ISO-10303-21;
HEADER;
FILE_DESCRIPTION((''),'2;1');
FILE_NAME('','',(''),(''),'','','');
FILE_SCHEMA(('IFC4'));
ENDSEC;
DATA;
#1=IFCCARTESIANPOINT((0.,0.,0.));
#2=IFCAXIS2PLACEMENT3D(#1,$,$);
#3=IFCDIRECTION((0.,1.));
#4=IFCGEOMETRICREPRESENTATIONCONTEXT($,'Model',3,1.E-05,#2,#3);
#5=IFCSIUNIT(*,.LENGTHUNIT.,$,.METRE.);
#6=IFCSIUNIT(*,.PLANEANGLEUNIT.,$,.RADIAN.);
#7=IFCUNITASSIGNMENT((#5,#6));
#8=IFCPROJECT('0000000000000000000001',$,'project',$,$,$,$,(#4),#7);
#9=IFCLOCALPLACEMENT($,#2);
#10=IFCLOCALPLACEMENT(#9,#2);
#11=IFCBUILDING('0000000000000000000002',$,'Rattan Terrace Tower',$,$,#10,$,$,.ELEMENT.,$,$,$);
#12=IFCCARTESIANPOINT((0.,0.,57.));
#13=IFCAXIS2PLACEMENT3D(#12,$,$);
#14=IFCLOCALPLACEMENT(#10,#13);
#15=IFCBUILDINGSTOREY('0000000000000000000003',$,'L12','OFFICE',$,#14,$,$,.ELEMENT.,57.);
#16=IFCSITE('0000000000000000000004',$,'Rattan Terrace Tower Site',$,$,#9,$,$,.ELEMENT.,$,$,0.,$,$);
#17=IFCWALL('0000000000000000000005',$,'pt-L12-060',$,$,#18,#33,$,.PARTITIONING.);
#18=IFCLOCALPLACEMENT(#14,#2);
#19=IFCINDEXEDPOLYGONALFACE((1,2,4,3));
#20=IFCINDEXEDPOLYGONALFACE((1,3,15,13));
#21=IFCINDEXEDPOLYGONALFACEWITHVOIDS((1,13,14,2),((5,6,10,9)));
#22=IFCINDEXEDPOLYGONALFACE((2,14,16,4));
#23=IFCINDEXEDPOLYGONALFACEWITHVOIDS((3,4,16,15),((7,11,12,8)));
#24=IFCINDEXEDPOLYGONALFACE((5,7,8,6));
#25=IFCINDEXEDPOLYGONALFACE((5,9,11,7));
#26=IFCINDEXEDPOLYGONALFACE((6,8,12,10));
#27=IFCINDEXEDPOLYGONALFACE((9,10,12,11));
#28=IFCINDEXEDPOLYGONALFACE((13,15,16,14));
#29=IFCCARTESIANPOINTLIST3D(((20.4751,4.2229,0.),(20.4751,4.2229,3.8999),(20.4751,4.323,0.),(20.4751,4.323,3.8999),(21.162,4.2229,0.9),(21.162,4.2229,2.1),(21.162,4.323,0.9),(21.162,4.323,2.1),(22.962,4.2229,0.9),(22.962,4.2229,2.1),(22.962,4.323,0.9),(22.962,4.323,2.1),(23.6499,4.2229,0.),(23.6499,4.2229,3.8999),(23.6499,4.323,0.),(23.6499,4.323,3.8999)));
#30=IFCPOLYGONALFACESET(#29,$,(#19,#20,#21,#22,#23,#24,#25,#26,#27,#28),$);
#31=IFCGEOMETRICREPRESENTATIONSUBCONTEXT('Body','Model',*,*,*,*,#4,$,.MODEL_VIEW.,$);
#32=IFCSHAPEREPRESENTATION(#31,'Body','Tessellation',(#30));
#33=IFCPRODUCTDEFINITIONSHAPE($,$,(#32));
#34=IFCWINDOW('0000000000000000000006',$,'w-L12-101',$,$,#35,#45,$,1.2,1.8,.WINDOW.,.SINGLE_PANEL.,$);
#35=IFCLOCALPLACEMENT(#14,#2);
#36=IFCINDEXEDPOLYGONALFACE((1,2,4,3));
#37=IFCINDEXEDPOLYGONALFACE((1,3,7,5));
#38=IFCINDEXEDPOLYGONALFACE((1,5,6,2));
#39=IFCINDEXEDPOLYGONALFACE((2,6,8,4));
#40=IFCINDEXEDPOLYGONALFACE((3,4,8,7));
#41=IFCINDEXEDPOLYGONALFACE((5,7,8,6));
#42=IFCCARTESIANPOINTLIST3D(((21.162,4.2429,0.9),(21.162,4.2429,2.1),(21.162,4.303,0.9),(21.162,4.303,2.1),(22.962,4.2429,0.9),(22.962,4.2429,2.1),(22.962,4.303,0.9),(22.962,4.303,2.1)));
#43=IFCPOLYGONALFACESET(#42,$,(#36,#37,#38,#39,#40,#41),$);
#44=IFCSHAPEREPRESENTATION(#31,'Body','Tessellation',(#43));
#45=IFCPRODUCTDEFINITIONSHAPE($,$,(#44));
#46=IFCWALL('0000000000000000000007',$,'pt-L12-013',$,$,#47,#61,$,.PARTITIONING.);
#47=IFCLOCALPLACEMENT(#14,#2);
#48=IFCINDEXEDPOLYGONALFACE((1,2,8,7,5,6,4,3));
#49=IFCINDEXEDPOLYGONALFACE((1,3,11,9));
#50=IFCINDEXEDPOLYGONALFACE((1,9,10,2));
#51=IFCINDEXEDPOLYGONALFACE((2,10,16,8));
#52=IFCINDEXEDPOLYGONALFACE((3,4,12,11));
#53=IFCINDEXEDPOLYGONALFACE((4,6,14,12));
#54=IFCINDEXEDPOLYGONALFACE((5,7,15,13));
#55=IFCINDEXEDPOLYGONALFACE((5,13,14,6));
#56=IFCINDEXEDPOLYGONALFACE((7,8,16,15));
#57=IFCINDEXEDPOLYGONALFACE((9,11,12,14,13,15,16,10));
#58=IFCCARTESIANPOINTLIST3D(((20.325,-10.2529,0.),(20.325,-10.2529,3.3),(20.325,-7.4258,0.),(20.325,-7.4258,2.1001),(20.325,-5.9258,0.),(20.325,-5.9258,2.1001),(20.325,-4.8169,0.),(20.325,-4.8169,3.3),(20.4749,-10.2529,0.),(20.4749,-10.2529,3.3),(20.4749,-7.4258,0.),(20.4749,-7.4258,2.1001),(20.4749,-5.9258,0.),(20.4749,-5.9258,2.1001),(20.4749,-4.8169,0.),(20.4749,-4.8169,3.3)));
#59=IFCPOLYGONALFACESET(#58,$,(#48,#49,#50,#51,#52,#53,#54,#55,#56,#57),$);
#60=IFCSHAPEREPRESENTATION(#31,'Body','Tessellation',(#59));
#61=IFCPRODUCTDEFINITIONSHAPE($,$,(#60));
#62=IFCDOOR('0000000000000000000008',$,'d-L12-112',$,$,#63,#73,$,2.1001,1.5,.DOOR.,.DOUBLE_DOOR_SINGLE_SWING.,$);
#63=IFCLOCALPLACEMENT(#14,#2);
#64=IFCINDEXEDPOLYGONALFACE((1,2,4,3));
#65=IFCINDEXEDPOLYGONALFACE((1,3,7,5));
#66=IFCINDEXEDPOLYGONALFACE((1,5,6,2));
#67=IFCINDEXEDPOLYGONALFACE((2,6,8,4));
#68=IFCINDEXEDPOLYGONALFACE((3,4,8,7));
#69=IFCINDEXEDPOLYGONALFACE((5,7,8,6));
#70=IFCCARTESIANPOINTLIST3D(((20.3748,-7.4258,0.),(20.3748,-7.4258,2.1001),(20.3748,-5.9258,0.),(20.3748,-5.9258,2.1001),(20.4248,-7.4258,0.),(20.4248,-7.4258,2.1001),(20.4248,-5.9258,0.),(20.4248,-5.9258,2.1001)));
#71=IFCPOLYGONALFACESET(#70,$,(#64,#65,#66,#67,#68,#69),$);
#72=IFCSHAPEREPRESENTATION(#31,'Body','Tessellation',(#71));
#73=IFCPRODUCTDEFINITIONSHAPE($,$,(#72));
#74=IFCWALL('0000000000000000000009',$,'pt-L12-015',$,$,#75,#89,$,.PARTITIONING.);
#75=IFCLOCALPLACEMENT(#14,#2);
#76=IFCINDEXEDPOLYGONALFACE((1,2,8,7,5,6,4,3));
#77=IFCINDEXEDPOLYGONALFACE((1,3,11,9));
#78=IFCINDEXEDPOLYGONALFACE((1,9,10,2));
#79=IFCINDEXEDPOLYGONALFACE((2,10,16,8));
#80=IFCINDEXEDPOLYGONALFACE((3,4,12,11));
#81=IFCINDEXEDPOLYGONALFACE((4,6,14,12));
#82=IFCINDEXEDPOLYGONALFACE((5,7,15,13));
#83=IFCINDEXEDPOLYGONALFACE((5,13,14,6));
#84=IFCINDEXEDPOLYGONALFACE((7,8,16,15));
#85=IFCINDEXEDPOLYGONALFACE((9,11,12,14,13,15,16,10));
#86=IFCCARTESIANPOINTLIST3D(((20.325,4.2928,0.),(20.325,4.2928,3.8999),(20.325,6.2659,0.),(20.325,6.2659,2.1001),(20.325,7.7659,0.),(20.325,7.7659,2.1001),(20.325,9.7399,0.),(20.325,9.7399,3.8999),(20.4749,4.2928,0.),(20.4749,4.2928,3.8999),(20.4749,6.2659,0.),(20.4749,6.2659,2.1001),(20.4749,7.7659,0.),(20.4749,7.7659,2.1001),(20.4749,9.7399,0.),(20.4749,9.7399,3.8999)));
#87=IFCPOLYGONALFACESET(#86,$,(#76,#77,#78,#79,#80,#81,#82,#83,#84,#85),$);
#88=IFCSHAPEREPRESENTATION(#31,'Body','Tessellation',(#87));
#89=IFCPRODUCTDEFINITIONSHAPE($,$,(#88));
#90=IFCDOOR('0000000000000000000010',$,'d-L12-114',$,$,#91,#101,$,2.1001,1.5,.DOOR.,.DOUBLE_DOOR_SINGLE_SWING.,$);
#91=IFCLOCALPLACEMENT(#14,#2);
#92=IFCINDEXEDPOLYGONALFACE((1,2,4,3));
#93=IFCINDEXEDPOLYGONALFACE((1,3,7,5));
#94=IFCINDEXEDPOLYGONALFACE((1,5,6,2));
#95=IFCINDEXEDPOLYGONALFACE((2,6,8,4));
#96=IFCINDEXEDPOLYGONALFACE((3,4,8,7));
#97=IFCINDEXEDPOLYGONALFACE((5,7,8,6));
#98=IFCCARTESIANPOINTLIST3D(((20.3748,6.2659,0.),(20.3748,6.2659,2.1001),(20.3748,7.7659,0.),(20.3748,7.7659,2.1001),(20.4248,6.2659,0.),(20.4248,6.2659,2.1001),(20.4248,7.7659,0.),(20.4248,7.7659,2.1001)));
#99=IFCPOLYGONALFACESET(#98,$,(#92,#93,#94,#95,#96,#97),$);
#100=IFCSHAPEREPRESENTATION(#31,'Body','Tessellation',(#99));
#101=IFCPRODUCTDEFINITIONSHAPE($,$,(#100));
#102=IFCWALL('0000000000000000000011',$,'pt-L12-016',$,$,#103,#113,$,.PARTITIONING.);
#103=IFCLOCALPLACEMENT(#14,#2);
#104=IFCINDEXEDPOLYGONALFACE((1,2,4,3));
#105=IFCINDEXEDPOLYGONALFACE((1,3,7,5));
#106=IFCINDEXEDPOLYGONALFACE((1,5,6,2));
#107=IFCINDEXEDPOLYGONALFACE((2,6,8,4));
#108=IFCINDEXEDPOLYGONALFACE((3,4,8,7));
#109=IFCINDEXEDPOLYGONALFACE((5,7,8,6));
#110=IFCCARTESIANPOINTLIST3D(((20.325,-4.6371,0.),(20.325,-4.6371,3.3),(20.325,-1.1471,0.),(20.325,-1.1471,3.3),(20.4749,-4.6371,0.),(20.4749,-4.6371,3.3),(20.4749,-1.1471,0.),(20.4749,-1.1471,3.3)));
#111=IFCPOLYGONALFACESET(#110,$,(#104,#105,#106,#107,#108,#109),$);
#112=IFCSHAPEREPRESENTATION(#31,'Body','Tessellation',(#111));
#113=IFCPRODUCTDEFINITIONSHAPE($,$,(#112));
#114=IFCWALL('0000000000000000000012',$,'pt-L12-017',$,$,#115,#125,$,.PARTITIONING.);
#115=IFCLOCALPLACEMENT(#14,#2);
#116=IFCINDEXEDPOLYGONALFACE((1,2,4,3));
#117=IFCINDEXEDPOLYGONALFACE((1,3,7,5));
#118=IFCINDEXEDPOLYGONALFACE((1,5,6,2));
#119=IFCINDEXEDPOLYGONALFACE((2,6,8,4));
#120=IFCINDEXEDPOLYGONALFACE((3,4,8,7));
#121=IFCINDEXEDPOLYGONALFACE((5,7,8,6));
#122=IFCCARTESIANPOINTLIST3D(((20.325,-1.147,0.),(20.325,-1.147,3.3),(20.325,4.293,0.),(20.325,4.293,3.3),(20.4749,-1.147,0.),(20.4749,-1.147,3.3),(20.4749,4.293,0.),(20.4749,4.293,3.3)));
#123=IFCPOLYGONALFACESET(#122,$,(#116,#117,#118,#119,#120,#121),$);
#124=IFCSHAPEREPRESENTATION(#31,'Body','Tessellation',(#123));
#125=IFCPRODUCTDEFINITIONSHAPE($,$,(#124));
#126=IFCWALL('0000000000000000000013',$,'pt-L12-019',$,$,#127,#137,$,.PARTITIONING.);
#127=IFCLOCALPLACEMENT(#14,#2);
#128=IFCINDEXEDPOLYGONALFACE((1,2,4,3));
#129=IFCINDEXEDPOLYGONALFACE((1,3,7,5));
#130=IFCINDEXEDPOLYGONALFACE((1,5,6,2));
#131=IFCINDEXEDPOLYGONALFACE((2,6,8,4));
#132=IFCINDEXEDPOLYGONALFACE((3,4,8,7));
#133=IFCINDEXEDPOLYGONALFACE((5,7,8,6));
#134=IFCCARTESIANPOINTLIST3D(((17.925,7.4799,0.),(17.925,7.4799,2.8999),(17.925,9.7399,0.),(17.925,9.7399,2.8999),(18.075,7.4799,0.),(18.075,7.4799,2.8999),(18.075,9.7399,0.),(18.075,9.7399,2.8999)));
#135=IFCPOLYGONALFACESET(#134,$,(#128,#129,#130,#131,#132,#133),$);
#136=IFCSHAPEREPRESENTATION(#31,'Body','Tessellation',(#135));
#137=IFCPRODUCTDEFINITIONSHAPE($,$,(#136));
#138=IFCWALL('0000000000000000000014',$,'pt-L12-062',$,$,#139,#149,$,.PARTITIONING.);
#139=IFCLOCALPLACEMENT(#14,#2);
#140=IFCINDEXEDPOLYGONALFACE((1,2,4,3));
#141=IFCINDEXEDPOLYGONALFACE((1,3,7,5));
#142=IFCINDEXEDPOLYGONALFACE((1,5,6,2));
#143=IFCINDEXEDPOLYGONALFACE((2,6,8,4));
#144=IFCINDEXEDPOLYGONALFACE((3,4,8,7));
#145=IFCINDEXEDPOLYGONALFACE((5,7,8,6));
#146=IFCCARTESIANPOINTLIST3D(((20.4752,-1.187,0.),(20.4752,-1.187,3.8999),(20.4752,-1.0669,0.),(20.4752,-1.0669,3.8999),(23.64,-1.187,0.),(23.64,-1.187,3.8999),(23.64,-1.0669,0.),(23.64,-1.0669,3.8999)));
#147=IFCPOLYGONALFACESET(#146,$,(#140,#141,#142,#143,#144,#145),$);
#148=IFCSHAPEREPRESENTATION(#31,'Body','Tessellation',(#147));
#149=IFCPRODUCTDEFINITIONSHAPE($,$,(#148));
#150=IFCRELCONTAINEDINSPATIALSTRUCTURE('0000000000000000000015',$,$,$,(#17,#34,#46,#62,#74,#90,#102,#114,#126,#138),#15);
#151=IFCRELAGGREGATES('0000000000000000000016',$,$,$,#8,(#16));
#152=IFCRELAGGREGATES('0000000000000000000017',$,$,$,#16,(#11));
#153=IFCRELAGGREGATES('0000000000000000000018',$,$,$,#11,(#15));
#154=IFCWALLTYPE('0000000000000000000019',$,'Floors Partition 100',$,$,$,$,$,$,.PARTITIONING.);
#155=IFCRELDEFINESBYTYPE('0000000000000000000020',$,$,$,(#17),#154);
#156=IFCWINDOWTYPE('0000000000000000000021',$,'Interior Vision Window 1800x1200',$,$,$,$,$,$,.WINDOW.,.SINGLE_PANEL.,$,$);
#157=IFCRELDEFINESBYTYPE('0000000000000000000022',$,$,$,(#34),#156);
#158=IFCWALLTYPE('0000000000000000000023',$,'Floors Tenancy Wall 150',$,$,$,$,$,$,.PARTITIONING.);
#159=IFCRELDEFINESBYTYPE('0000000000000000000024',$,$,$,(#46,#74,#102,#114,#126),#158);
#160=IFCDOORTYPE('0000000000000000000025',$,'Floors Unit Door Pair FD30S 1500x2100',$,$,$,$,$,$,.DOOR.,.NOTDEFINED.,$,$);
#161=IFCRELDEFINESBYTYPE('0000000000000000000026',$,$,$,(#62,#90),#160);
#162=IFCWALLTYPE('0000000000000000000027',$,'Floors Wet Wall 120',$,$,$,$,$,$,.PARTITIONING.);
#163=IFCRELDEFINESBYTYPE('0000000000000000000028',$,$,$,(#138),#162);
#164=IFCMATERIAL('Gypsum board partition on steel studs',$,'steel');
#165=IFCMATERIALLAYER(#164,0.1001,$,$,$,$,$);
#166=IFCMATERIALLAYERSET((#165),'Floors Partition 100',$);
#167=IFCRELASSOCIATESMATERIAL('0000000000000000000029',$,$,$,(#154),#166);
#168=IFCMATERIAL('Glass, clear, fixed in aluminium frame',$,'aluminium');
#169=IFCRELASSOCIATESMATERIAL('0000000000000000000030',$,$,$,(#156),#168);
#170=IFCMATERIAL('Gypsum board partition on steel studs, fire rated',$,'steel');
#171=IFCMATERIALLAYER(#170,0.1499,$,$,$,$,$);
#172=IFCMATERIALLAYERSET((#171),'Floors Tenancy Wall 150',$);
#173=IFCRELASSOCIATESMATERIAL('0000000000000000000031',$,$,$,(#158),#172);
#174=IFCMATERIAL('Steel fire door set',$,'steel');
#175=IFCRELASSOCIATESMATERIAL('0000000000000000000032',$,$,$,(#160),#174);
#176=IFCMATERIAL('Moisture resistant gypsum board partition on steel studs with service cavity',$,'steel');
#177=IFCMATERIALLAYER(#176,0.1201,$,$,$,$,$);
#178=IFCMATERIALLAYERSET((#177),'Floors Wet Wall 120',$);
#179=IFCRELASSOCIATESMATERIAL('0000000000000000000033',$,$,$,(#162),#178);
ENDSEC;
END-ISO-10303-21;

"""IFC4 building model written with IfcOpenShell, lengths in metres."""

from ifc_helpers import new_model, si_unit, direction, frame, frame_2d, origin, place, context, subcontext, project, spatial, rectangle, extrude, material, layer, layer_set, type_object, element, fill, save


model = new_model("IFC4")

# Units and contexts
model_context = context("Model", 3, precision=1e-05, world=origin(), true_north=direction((0.0, 1.0)))
body_context = subcontext(model_context, "Body", "Model", "MODEL_VIEW")
ifc_project = project(units=[si_unit("LENGTHUNIT", "METRE"), si_unit("PLANEANGLEUNIT", "RADIAN")], contexts=[model_context])

# Site, building, storey
site_placement = place(None, origin())
site = spatial("IfcSite", under=ifc_project, at=site_placement, Name="Rattan Terrace Tower Site", CompositionType="ELEMENT", RefElevation=0.0)
building_placement = place(site_placement, origin())
building = spatial("IfcBuilding", under=site, at=building_placement, Name="Rattan Terrace Tower", CompositionType="ELEMENT")
storey_placement = place(building_placement, frame((0.0, 0.0, 57.0)))
storey = spatial("IfcBuildingStorey", under=building, at=storey_placement, Name="L12", Description="OFFICE", CompositionType="ELEMENT", Elevation=57.0)

# Wall, opening, window
ifc_material_1 = material(Name="Gypsum board partition on steel studs", Category="steel")
ifc_layer_1 = layer(ifc_material_1, 0.1001)
ifc_layer_set_1 = layer_set([ifc_layer_1], Name="Floors Partition 100")
wall_type_1 = type_object("IfcWallType", Name="Floors Partition 100", PredefinedType="PARTITIONING", material=ifc_layer_set_1)
wall_1_placement = place(storey_placement, frame((23.6499, 4.2729, 0.0), z_axis=(0.0, 0.0, 1.0), x_axis=(-1.0, 0.0, 0.0)))
wall_1 = element("IfcWall", 1, at=wall_1_placement, inside=storey, type_object=wall_type_1, Name="pt-L12-060", PredefinedType="PARTITIONING", context=body_context, shape_type="SweptSolid", body=[
    extrude(rectangle(XDim=3.1748, YDim=0.1001, at=frame_2d((1.5874, 0.0))), origin(), (0.0, 0.0, 1.0), 3.8999),
])
opening_1_placement = place(wall_1_placement, frame((0.688, 0.0, 0.8999)))
opening_1 = element("IfcOpeningElement", 2, at=opening_1_placement, cuts=wall_1, PredefinedType="OPENING", context=body_context, shape_type="SweptSolid", body=[
    extrude(rectangle(XDim=1.8, YDim=1.2, at=frame_2d((0.8999, 0.6001))), frame((0.0, 0.0605, 0.0), z_axis=(0.0, -1.0, 0.0), x_axis=(1.0, 0.0, 0.0)), (0.0, 0.0, 1.0), 0.1211),
])
ifc_material_2 = material(Name="Glass, clear, fixed in aluminium frame", Category="aluminium")
window_type = type_object("IfcWindowType", Name="Interior Vision Window 1800x1200", PartitioningType="SINGLE_PANEL", PredefinedType="WINDOW", material=ifc_material_2)
window_placement = place(opening_1_placement, origin())
window = element("IfcWindow", 3, at=window_placement, inside=storey, type_object=window_type, Name="w-L12-101", OverallHeight=1.2, OverallWidth=1.8, PartitioningType="SINGLE_PANEL", PredefinedType="WINDOW", context=body_context, shape_type="SweptSolid", body=[
    extrude(rectangle(XDim=1.8, YDim=1.2, at=frame_2d((0.8999, 0.6001))), frame((0.0, 0.03, 0.0), z_axis=(0.0, -1.0, 0.0), x_axis=(1.0, 0.0, 0.0)), (0.0, 0.0, 1.0), 0.0601),
])
fill(opening_1, window)

# Walls, openings, doors
ifc_material_3 = material(Name="Gypsum board partition on steel studs, fire rated", Category="steel")
ifc_layer_2 = layer(ifc_material_3, 0.1499)
ifc_layer_set_2 = layer_set([ifc_layer_2], Name="Floors Tenancy Wall 150")
wall_type_2 = type_object("IfcWallType", Name="Floors Tenancy Wall 150", PredefinedType="PARTITIONING", material=ifc_layer_set_2)
wall_2_placement = place(storey_placement, frame((20.3999, -4.8169, 0.0), z_axis=(0.0, 0.0, 1.0), x_axis=(0.0, -1.0, 0.0)))
wall_2 = element("IfcWall", 4, at=wall_2_placement, inside=storey, type_object=wall_type_2, Name="pt-L12-013", PredefinedType="PARTITIONING", context=body_context, shape_type="SweptSolid", body=[
    extrude(rectangle(XDim=5.436, YDim=0.1499, at=frame_2d((2.718, 0.0))), origin(), (0.0, 0.0, 1.0), 3.3),
])
opening_2_placement = place(wall_2_placement, frame((1.1089, 0.0, 0.0)))
opening_2 = element("IfcOpeningElement", 5, at=opening_2_placement, cuts=wall_2, PredefinedType="OPENING", context=body_context, shape_type="SweptSolid", body=[
    extrude(rectangle(XDim=1.5, YDim=2.1001, at=frame_2d((0.75, 1.05))), frame((0.0, 0.0854, 0.0), z_axis=(0.0, -1.0, 0.0), x_axis=(1.0, 0.0, 0.0)), (0.0, 0.0, 1.0), 0.1709),
])
ifc_material_4 = material(Name="Steel fire door set", Category="steel")
door_type = type_object("IfcDoorType", Name="Floors Unit Door Pair FD30S 1500x2100", OperationType="NOTDEFINED", PredefinedType="DOOR", material=ifc_material_4)
door_1_placement = place(opening_2_placement, origin())
door_1 = element("IfcDoor", 6, at=door_1_placement, inside=storey, type_object=door_type, Name="d-L12-112", OperationType="DOUBLE_DOOR_SINGLE_SWING", OverallHeight=2.1001, OverallWidth=1.5, PredefinedType="DOOR", context=body_context, shape_type="SweptSolid", body=[
    extrude(rectangle(XDim=1.5, YDim=2.1001, at=frame_2d((0.75, 1.05))), frame((0.0, 0.0249, 0.0), z_axis=(0.0, -1.0, 0.0), x_axis=(1.0, 0.0, 0.0)), (0.0, 0.0, 1.0), 0.05),
])
fill(opening_2, door_1)
wall_3_placement = place(storey_placement, frame((20.3999, 9.74, 0.0), z_axis=(0.0, 0.0, 1.0), x_axis=(0.0, -1.0, 0.0)))
wall_3 = element("IfcWall", 7, at=wall_3_placement, inside=storey, type_object=wall_type_2, Name="pt-L12-015", PredefinedType="PARTITIONING", context=body_context, shape_type="SweptSolid", body=[
    extrude(rectangle(XDim=5.447, YDim=0.1499, at=frame_2d((2.7236, 0.0))), origin(), (0.0, 0.0, 1.0), 3.8999),
])
opening_3_placement = place(wall_3_placement, frame((1.9741, 0.0, 0.0)))
opening_3 = element("IfcOpeningElement", 8, at=opening_3_placement, cuts=wall_3, PredefinedType="OPENING", context=body_context, shape_type="SweptSolid", body=[
    extrude(rectangle(XDim=1.5, YDim=2.1001, at=frame_2d((0.75, 1.05))), frame((0.0, 0.0854, 0.0), z_axis=(0.0, -1.0, 0.0), x_axis=(1.0, 0.0, 0.0)), (0.0, 0.0, 1.0), 0.1709),
])
door_2_placement = place(opening_3_placement, origin())
door_2 = element("IfcDoor", 9, at=door_2_placement, inside=storey, type_object=door_type, Name="d-L12-114", OperationType="DOUBLE_DOOR_SINGLE_SWING", OverallHeight=2.1001, OverallWidth=1.5, PredefinedType="DOOR", context=body_context, shape_type="SweptSolid", body=[
    extrude(rectangle(XDim=1.5, YDim=2.1001, at=frame_2d((0.75, 1.05))), frame((0.0, 0.0249, 0.0), z_axis=(0.0, -1.0, 0.0), x_axis=(1.0, 0.0, 0.0)), (0.0, 0.0, 1.0), 0.05),
])
fill(opening_3, door_2)

# Walls
wall_4_placement = place(storey_placement, frame((20.3999, -1.147, 0.0), z_axis=(0.0, 0.0, 1.0), x_axis=(0.0, -1.0, 0.0)))
element("IfcWall", 10, at=wall_4_placement, inside=storey, type_object=wall_type_2, Name="pt-L12-016", PredefinedType="PARTITIONING", context=body_context, shape_type="SweptSolid", body=[
    extrude(rectangle(XDim=3.49, YDim=0.1499, at=frame_2d((1.7451, 0.0))), origin(), (0.0, 0.0, 1.0), 3.3),
])
wall_5_placement = place(storey_placement, frame((20.3999, 4.293, 0.0), z_axis=(0.0, 0.0, 1.0), x_axis=(0.0, -1.0, 0.0)))
element("IfcWall", 11, at=wall_5_placement, inside=storey, type_object=wall_type_2, Name="pt-L12-017", PredefinedType="PARTITIONING", context=body_context, shape_type="SweptSolid", body=[
    extrude(rectangle(XDim=5.4399, YDim=0.1499, at=frame_2d((2.72, 0.0))), origin(), (0.0, 0.0, 1.0), 3.3),
])
wall_6_placement = place(storey_placement, frame((18.0, 7.48, 0.0), z_axis=(0.0, 0.0, 1.0), x_axis=(0.0, 1.0, 0.0)))
element("IfcWall", 12, at=wall_6_placement, inside=storey, type_object=wall_type_2, Name="pt-L12-019", PredefinedType="PARTITIONING", context=body_context, shape_type="SweptSolid", body=[
    extrude(rectangle(XDim=2.26, YDim=0.1499, at=frame_2d((1.1299, 0.0))), origin(), (0.0, 0.0, 1.0), 2.8999),
])
ifc_material_5 = material(Name="Moisture resistant gypsum board partition on steel studs with service cavity", Category="steel")
ifc_layer_3 = layer(ifc_material_5, 0.1201)
ifc_layer_set_3 = layer_set([ifc_layer_3], Name="Floors Wet Wall 120")
wall_type_3 = type_object("IfcWallType", Name="Floors Wet Wall 120", PredefinedType="PARTITIONING", material=ifc_layer_set_3)
wall_7_placement = place(storey_placement, frame((20.4751, -1.127, 0.0), z_axis=(0.0, 0.0, 1.0), x_axis=(1.0, 0.0, 0.0)))
element("IfcWall", 13, at=wall_7_placement, inside=storey, type_object=wall_type_3, Name="pt-L12-062", PredefinedType="PARTITIONING", context=body_context, shape_type="SweptSolid", body=[
    extrude(rectangle(XDim=3.1648, YDim=0.1201, at=frame_2d((1.5825, 0.0))), origin(), (0.0, 0.0, 1.0), 3.8999),
])

save(model, "model.ifc")
